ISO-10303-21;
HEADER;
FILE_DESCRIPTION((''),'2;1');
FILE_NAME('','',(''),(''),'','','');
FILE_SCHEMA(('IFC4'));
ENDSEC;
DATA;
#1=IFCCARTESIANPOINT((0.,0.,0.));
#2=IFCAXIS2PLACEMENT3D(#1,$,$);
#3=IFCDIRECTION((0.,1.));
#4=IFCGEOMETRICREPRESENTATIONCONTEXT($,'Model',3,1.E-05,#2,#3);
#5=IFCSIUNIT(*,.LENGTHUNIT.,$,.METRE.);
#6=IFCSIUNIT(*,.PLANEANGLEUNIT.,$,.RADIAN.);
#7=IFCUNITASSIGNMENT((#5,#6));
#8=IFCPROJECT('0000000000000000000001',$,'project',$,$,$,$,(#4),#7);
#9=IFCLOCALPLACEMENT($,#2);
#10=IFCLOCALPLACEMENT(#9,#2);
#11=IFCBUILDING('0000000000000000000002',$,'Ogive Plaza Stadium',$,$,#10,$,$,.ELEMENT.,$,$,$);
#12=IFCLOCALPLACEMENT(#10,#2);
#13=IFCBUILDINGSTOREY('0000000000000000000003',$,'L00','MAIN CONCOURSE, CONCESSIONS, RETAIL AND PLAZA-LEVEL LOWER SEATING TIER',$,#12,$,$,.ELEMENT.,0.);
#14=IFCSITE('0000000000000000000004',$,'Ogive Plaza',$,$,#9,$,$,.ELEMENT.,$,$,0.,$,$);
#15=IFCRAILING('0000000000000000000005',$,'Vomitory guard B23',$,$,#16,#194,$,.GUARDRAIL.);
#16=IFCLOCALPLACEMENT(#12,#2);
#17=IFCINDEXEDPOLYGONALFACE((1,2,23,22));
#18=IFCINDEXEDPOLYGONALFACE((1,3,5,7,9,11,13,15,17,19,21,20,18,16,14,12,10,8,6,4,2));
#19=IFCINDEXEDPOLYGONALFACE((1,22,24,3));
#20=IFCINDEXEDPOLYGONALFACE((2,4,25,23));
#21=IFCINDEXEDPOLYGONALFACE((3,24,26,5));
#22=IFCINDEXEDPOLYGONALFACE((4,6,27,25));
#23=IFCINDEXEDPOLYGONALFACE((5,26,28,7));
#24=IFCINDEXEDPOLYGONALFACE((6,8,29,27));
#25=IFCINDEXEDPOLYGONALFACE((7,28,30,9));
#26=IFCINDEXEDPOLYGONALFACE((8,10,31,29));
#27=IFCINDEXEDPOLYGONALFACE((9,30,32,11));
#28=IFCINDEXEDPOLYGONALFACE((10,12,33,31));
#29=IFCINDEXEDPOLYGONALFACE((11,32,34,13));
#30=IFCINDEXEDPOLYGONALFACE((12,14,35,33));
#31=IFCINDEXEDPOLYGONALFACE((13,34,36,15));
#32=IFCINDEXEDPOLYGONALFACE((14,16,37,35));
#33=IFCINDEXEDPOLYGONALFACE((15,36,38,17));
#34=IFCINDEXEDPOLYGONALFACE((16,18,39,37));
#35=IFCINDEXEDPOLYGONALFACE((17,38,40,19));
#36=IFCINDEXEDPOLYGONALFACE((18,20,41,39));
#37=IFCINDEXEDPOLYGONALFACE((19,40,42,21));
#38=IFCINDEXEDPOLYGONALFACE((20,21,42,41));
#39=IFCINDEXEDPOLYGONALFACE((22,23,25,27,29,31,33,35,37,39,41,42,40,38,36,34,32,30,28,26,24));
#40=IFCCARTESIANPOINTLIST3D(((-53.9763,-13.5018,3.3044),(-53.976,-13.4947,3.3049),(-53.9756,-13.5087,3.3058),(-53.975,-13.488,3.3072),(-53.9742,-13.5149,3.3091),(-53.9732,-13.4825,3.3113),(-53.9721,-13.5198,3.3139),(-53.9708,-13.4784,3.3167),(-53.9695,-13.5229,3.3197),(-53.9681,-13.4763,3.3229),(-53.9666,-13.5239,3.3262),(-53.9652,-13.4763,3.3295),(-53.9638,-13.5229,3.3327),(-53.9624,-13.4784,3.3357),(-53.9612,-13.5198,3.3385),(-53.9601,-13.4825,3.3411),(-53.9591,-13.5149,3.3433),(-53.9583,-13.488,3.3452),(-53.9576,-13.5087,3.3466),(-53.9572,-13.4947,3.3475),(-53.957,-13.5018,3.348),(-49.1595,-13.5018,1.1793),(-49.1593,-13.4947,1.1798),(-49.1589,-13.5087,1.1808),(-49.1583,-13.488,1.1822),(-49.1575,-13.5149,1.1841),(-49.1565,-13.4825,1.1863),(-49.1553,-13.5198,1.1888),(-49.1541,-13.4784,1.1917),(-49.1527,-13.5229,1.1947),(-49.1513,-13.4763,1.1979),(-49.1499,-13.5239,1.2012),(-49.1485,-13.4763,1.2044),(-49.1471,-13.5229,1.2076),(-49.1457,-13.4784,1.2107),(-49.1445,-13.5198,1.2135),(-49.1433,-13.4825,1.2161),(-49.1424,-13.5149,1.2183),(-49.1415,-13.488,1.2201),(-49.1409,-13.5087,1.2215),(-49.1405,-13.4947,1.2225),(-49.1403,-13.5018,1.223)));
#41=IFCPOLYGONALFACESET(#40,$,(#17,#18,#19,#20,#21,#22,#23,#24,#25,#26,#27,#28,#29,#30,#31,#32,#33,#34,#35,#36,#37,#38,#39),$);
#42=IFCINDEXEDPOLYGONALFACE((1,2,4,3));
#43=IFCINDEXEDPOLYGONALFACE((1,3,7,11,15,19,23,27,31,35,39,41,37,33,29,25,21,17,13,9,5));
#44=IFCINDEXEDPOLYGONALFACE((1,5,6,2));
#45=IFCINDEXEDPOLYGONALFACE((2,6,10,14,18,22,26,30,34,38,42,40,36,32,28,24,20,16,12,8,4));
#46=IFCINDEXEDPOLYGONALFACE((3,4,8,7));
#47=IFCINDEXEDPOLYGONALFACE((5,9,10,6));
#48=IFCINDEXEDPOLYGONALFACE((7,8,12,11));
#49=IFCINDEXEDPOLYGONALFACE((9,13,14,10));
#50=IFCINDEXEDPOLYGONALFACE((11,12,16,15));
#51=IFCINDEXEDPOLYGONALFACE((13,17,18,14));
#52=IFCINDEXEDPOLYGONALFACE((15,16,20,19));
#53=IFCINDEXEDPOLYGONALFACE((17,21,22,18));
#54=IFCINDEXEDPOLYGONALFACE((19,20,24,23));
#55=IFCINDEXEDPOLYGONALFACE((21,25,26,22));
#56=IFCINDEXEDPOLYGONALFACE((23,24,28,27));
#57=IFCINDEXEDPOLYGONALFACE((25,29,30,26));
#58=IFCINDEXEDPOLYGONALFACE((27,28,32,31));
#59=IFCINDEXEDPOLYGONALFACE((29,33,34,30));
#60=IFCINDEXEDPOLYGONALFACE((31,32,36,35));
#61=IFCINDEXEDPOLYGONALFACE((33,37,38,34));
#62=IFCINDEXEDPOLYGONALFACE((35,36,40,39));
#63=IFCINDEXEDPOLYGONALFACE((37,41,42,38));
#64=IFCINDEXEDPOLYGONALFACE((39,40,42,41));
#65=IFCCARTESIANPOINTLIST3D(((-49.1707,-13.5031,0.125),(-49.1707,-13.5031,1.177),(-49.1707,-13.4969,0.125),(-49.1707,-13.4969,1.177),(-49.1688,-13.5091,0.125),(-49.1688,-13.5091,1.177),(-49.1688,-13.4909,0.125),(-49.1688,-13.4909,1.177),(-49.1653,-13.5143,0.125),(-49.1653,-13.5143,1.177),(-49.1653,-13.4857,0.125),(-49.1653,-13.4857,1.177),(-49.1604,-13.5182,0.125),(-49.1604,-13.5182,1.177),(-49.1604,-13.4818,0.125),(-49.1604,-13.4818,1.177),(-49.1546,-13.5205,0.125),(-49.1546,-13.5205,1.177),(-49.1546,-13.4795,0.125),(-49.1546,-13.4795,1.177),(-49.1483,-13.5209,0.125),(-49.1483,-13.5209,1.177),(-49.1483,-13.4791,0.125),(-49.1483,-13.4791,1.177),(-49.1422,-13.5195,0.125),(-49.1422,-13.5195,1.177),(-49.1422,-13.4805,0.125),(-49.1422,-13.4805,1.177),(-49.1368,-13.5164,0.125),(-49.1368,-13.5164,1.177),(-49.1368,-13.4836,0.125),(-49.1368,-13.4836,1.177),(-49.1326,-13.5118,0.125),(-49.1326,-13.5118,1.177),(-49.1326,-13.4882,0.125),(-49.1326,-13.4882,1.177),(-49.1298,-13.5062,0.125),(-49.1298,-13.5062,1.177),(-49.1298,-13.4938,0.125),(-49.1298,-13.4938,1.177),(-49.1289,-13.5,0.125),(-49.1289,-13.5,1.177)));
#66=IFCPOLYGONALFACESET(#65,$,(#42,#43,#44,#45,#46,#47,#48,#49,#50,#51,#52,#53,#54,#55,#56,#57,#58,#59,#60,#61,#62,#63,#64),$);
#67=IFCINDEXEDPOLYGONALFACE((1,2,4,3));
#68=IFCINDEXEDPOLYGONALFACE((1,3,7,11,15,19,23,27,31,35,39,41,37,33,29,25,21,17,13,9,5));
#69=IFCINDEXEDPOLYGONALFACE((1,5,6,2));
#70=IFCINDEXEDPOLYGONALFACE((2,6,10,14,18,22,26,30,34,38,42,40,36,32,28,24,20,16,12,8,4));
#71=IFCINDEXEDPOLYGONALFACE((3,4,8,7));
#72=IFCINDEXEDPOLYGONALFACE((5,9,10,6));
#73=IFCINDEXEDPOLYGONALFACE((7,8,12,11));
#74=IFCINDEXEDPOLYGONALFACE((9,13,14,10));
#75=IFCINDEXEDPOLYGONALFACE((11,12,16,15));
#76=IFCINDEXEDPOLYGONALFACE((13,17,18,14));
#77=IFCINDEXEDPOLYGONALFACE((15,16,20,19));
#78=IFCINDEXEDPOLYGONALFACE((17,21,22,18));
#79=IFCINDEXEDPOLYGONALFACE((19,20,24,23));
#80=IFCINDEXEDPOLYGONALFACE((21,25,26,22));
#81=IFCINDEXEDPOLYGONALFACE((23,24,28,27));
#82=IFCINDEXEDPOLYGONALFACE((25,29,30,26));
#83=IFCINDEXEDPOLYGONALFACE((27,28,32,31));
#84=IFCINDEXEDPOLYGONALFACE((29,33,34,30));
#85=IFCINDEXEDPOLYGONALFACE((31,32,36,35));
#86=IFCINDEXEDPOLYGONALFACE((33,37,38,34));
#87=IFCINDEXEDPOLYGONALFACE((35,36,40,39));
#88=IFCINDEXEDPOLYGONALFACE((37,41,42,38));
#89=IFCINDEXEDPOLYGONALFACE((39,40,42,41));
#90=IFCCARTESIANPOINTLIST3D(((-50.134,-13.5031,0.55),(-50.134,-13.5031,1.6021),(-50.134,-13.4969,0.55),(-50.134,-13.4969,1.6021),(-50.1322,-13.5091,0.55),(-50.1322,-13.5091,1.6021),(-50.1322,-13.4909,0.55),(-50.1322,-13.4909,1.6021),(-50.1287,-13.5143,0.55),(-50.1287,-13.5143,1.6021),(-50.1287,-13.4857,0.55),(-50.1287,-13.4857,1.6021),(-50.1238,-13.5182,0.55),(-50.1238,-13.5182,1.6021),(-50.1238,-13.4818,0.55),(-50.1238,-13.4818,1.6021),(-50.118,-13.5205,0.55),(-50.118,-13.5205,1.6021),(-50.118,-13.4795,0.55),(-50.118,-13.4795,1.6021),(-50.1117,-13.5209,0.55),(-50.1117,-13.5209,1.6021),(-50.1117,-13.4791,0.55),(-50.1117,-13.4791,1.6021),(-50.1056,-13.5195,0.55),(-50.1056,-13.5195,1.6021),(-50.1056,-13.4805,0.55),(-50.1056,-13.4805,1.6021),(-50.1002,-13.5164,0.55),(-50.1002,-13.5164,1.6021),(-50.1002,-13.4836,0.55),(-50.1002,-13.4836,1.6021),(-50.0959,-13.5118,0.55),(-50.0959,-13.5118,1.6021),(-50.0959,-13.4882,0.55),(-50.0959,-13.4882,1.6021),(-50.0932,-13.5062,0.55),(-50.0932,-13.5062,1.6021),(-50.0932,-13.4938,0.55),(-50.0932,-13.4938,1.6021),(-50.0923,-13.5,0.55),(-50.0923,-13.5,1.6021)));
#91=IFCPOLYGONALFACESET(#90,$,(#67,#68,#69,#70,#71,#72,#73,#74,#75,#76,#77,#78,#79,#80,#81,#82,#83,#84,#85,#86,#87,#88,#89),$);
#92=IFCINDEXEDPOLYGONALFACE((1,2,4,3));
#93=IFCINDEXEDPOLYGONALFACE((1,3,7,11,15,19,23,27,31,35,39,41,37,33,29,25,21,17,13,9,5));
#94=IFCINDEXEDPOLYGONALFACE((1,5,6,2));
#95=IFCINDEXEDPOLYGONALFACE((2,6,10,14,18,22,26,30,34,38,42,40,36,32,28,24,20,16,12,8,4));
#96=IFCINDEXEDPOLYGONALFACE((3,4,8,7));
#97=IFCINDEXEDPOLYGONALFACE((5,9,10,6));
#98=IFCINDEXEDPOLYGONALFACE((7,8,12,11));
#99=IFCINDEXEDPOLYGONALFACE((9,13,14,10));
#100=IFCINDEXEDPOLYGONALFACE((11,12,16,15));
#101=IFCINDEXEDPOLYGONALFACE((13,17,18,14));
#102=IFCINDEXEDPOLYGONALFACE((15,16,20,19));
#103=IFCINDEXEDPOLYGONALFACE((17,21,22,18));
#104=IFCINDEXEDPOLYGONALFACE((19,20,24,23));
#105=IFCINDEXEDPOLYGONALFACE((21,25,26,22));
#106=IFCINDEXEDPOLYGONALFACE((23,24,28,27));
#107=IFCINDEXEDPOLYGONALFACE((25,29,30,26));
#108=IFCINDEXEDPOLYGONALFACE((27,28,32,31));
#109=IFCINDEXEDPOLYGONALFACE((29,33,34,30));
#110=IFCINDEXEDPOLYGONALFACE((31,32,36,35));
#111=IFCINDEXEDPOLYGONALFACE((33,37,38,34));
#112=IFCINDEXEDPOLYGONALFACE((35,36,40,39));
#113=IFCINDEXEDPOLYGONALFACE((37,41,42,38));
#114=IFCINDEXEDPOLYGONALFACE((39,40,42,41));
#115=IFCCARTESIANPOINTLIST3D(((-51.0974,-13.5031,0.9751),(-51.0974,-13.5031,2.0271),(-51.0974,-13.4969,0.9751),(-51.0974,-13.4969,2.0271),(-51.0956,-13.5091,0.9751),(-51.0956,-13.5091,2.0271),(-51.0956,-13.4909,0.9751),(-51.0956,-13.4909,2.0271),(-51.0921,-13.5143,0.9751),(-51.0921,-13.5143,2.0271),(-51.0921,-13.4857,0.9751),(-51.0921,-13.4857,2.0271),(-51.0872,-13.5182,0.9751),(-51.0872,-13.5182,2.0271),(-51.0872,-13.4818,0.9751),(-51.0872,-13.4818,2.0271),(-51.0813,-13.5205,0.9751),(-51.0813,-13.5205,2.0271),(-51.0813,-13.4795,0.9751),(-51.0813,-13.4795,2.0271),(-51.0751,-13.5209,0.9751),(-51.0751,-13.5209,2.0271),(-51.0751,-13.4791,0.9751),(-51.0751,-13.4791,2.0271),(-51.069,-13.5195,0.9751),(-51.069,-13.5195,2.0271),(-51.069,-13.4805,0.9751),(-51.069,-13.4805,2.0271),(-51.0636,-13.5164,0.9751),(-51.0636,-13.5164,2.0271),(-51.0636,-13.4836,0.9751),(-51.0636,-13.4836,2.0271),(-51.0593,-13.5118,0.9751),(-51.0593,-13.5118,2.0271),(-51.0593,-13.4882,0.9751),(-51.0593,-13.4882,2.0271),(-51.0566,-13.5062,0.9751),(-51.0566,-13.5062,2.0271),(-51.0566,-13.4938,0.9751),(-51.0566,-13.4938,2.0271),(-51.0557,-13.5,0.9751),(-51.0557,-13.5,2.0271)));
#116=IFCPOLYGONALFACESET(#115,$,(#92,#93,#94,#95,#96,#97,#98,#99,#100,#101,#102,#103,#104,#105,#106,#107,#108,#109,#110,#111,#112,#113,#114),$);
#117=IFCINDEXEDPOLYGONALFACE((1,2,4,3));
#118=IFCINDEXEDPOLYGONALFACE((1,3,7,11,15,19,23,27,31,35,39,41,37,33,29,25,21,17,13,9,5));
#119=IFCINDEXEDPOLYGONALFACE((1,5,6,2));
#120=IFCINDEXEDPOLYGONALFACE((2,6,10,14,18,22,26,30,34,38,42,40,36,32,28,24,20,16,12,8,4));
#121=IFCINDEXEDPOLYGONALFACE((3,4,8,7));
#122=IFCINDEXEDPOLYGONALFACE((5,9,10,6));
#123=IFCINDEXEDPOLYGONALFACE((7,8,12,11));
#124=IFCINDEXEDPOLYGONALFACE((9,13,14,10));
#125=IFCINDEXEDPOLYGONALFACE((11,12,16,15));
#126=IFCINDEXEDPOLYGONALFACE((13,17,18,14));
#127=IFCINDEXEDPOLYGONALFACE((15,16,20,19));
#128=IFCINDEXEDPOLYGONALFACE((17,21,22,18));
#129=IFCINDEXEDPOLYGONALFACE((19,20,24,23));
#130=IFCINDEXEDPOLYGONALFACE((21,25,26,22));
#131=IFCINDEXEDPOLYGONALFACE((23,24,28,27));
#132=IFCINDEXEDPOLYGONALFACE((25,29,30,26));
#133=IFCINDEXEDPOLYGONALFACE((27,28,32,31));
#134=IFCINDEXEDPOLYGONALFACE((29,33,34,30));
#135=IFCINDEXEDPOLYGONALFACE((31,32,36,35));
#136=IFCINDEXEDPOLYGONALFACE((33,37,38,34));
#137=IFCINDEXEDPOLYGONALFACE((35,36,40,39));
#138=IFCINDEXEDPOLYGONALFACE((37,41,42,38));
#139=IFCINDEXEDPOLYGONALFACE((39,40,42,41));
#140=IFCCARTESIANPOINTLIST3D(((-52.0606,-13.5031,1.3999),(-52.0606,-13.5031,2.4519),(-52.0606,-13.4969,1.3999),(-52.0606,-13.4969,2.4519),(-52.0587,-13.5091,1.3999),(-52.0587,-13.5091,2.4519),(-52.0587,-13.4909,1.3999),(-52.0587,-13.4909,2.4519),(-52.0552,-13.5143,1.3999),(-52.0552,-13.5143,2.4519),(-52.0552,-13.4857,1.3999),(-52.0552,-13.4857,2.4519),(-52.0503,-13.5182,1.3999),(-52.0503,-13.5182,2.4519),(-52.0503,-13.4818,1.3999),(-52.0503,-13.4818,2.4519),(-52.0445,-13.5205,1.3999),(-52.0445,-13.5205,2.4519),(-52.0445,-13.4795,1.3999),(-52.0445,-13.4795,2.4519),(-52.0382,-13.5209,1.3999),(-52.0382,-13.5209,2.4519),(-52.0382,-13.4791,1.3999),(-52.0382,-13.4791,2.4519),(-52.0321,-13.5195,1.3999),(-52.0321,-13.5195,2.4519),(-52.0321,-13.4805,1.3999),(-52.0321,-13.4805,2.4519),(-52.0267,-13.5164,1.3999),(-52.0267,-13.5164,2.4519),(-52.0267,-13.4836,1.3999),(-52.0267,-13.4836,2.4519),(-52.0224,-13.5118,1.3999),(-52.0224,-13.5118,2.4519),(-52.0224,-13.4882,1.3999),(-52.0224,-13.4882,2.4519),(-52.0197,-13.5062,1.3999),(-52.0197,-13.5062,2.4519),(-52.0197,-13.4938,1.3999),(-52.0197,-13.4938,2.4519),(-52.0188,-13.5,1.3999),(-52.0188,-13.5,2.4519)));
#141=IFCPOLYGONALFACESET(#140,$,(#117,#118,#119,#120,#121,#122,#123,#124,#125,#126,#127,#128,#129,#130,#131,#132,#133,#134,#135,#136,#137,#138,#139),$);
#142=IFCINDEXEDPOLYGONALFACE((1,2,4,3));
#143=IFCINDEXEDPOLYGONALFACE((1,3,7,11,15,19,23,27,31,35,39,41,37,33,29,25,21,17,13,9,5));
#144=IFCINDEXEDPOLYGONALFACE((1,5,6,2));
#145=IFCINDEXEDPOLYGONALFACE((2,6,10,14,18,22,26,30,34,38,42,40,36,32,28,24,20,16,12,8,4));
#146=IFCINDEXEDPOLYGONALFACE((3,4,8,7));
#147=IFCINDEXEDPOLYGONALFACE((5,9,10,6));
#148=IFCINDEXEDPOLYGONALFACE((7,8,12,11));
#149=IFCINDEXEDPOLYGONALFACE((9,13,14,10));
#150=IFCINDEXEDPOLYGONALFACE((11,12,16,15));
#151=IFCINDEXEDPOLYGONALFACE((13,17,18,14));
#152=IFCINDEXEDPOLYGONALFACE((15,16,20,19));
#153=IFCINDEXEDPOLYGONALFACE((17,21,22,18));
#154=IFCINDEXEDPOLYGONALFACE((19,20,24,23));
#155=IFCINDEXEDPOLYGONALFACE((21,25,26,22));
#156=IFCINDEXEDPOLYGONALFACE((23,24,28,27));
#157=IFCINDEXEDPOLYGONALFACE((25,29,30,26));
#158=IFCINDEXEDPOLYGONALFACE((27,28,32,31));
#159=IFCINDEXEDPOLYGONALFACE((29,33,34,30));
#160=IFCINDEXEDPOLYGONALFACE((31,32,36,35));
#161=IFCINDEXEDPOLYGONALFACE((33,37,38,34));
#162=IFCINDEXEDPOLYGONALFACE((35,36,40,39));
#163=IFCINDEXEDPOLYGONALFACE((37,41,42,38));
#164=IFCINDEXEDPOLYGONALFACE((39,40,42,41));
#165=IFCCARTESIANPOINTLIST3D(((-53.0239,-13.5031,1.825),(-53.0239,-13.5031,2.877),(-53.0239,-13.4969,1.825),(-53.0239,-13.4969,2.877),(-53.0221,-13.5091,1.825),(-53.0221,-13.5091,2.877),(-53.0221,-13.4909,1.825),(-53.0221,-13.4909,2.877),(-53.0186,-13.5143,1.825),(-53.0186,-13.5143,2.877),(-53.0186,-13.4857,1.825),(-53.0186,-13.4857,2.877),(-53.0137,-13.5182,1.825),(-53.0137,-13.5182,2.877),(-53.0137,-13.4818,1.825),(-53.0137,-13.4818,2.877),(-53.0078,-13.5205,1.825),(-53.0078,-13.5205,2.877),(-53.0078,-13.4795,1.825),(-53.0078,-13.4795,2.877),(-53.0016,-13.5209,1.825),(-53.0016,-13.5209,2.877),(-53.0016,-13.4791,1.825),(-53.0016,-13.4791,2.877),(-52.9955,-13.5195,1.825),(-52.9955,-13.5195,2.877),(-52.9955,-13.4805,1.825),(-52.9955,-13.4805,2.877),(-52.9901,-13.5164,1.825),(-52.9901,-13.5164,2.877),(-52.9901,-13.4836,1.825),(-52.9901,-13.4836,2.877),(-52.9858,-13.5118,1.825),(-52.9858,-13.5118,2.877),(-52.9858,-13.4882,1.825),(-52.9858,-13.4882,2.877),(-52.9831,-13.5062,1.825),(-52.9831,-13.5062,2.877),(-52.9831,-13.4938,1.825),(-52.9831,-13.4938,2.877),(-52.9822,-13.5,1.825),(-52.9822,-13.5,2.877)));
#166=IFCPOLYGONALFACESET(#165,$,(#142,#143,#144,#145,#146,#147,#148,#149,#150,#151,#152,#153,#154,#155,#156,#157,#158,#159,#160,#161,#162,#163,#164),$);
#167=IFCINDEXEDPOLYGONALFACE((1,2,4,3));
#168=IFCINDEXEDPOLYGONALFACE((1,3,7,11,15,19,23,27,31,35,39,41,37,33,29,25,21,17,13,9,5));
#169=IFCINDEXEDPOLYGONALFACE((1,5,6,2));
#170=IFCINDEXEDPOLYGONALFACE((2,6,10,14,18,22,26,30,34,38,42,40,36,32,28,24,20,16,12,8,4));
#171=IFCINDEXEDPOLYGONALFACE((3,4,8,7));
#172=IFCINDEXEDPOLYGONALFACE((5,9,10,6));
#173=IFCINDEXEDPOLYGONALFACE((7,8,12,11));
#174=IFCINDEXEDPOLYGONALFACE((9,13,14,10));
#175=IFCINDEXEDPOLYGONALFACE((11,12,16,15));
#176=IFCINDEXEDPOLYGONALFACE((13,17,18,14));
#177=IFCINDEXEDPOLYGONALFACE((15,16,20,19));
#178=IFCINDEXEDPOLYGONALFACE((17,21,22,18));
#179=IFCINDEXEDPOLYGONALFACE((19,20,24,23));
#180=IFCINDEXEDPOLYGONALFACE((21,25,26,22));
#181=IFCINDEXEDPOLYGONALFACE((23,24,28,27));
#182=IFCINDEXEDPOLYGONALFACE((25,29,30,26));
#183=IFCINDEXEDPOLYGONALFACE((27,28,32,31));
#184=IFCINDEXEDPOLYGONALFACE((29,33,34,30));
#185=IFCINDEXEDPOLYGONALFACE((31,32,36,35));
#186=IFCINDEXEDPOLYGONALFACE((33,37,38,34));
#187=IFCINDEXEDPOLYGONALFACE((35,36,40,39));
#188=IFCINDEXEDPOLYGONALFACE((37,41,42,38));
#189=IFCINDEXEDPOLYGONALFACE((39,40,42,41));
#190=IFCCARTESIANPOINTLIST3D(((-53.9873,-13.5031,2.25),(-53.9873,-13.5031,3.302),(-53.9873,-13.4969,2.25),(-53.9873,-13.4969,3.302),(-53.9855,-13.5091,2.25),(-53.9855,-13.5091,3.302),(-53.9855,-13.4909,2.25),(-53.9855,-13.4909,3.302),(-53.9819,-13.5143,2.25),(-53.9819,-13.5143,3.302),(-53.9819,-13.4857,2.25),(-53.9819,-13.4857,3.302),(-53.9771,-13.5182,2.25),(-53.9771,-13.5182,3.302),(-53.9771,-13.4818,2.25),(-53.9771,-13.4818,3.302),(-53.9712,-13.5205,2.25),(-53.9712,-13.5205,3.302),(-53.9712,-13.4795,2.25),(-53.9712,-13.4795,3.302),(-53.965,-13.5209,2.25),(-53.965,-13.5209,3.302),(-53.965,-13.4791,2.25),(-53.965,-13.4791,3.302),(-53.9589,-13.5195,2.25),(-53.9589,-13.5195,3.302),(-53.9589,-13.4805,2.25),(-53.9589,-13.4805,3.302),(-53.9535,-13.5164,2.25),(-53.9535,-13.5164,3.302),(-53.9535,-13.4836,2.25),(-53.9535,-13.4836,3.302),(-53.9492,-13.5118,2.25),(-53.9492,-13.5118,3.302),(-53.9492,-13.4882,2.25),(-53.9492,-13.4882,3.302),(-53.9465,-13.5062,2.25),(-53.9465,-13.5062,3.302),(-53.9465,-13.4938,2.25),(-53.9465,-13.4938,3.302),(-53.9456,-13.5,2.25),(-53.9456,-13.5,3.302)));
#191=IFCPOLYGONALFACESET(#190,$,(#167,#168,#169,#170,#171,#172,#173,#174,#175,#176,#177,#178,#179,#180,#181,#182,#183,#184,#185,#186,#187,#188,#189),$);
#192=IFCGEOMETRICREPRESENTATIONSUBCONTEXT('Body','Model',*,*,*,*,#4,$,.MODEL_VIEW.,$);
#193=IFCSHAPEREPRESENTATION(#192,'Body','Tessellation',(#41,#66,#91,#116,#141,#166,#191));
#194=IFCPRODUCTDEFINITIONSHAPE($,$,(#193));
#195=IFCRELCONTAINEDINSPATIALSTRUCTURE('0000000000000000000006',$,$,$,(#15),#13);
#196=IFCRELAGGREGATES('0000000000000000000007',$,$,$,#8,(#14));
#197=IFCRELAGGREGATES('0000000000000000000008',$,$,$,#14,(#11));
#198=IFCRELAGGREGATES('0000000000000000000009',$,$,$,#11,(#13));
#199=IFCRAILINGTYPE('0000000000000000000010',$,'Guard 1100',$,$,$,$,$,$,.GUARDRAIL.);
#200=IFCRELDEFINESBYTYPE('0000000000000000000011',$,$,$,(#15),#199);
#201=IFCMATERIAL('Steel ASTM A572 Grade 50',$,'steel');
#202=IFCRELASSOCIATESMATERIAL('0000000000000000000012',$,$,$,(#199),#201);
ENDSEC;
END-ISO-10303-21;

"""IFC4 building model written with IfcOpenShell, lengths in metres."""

from ifc_helpers import new_model, si_unit, direction, frame, origin, origin_2d, place, context, subcontext, project, spatial, circle, extrude, material, type_object, element, save


model = new_model("IFC4")

# Units and contexts
model_context = context("Model", 3, precision=1e-05, world=origin(), true_north=direction((0.0, 1.0)))
body_context = subcontext(model_context, "Body", "Model", "MODEL_VIEW")
ifc_project = project(units=[si_unit("LENGTHUNIT", "METRE"), si_unit("PLANEANGLEUNIT", "RADIAN")], contexts=[model_context])

# Site, building, storey
site_placement = place(None, origin())
site = spatial("IfcSite", under=ifc_project, at=site_placement, Name="Ogive Plaza", CompositionType="ELEMENT", RefElevation=0.0)
building_placement = place(site_placement, origin())
building = spatial("IfcBuilding", under=site, at=building_placement, Name="Ogive Plaza Stadium", CompositionType="ELEMENT")
storey_placement = place(building_placement, origin())
storey = spatial("IfcBuildingStorey", under=building, at=storey_placement, Name="L00", Description="MAIN CONCOURSE, CONCESSIONS, RETAIL AND PLAZA-LEVEL LOWER SEATING TIER", CompositionType="ELEMENT", Elevation=0.0)

# Railing
ifc_material_1 = material(Name="Steel ASTM A572 Grade 50", Category="steel")
railing_type = type_object("IfcRailingType", Name="Guard 1100", PredefinedType="GUARDRAIL", material=ifc_material_1)
for number, where, name in (
    (1, (-49.1499, -13.5, 0.125), "Vomitory guard B23"),
):
    element("IfcRailing", number, at=place(storey_placement, frame(where)), inside=storey, type_object=railing_type, Name=name, PredefinedType="GUARDRAIL", context=body_context, shape_type="SweptSolid", body=[
        extrude(circle(Radius=0.0239, at=origin_2d()), frame((0.0, 0.0, 1.0762), z_axis=(-0.914917, 0.0, 0.403641), x_axis=(0.0, -1.0, 0.0)), (0.0, 0.0, 1.0), 5.2646),
        extrude(circle(Radius=0.021, at=origin_2d()), origin(), (0.0, 0.0, 1.0), 1.052),
        extrude(circle(Radius=0.021, at=origin_2d()), frame((-0.9634, 0.0, 0.425)), (0.0, 0.0, 1.0), 1.052),
        extrude(circle(Radius=0.021, at=origin_2d()), frame((-1.9268, 0.0, 0.8501)), (0.0, 0.0, 1.0), 1.052),
        extrude(circle(Radius=0.021, at=origin_2d()), frame((-2.8899, 0.0, 1.2749)), (0.0, 0.0, 1.0), 1.052),
        extrude(circle(Radius=0.021, at=origin_2d()), frame((-3.8533, 0.0, 1.7)), (0.0, 0.0, 1.0), 1.052),
        extrude(circle(Radius=0.021, at=origin_2d()), frame((-4.8167, 0.0, 2.125)), (0.0, 0.0, 1.0), 1.052),
    ])

save(model, "model.ifc")
